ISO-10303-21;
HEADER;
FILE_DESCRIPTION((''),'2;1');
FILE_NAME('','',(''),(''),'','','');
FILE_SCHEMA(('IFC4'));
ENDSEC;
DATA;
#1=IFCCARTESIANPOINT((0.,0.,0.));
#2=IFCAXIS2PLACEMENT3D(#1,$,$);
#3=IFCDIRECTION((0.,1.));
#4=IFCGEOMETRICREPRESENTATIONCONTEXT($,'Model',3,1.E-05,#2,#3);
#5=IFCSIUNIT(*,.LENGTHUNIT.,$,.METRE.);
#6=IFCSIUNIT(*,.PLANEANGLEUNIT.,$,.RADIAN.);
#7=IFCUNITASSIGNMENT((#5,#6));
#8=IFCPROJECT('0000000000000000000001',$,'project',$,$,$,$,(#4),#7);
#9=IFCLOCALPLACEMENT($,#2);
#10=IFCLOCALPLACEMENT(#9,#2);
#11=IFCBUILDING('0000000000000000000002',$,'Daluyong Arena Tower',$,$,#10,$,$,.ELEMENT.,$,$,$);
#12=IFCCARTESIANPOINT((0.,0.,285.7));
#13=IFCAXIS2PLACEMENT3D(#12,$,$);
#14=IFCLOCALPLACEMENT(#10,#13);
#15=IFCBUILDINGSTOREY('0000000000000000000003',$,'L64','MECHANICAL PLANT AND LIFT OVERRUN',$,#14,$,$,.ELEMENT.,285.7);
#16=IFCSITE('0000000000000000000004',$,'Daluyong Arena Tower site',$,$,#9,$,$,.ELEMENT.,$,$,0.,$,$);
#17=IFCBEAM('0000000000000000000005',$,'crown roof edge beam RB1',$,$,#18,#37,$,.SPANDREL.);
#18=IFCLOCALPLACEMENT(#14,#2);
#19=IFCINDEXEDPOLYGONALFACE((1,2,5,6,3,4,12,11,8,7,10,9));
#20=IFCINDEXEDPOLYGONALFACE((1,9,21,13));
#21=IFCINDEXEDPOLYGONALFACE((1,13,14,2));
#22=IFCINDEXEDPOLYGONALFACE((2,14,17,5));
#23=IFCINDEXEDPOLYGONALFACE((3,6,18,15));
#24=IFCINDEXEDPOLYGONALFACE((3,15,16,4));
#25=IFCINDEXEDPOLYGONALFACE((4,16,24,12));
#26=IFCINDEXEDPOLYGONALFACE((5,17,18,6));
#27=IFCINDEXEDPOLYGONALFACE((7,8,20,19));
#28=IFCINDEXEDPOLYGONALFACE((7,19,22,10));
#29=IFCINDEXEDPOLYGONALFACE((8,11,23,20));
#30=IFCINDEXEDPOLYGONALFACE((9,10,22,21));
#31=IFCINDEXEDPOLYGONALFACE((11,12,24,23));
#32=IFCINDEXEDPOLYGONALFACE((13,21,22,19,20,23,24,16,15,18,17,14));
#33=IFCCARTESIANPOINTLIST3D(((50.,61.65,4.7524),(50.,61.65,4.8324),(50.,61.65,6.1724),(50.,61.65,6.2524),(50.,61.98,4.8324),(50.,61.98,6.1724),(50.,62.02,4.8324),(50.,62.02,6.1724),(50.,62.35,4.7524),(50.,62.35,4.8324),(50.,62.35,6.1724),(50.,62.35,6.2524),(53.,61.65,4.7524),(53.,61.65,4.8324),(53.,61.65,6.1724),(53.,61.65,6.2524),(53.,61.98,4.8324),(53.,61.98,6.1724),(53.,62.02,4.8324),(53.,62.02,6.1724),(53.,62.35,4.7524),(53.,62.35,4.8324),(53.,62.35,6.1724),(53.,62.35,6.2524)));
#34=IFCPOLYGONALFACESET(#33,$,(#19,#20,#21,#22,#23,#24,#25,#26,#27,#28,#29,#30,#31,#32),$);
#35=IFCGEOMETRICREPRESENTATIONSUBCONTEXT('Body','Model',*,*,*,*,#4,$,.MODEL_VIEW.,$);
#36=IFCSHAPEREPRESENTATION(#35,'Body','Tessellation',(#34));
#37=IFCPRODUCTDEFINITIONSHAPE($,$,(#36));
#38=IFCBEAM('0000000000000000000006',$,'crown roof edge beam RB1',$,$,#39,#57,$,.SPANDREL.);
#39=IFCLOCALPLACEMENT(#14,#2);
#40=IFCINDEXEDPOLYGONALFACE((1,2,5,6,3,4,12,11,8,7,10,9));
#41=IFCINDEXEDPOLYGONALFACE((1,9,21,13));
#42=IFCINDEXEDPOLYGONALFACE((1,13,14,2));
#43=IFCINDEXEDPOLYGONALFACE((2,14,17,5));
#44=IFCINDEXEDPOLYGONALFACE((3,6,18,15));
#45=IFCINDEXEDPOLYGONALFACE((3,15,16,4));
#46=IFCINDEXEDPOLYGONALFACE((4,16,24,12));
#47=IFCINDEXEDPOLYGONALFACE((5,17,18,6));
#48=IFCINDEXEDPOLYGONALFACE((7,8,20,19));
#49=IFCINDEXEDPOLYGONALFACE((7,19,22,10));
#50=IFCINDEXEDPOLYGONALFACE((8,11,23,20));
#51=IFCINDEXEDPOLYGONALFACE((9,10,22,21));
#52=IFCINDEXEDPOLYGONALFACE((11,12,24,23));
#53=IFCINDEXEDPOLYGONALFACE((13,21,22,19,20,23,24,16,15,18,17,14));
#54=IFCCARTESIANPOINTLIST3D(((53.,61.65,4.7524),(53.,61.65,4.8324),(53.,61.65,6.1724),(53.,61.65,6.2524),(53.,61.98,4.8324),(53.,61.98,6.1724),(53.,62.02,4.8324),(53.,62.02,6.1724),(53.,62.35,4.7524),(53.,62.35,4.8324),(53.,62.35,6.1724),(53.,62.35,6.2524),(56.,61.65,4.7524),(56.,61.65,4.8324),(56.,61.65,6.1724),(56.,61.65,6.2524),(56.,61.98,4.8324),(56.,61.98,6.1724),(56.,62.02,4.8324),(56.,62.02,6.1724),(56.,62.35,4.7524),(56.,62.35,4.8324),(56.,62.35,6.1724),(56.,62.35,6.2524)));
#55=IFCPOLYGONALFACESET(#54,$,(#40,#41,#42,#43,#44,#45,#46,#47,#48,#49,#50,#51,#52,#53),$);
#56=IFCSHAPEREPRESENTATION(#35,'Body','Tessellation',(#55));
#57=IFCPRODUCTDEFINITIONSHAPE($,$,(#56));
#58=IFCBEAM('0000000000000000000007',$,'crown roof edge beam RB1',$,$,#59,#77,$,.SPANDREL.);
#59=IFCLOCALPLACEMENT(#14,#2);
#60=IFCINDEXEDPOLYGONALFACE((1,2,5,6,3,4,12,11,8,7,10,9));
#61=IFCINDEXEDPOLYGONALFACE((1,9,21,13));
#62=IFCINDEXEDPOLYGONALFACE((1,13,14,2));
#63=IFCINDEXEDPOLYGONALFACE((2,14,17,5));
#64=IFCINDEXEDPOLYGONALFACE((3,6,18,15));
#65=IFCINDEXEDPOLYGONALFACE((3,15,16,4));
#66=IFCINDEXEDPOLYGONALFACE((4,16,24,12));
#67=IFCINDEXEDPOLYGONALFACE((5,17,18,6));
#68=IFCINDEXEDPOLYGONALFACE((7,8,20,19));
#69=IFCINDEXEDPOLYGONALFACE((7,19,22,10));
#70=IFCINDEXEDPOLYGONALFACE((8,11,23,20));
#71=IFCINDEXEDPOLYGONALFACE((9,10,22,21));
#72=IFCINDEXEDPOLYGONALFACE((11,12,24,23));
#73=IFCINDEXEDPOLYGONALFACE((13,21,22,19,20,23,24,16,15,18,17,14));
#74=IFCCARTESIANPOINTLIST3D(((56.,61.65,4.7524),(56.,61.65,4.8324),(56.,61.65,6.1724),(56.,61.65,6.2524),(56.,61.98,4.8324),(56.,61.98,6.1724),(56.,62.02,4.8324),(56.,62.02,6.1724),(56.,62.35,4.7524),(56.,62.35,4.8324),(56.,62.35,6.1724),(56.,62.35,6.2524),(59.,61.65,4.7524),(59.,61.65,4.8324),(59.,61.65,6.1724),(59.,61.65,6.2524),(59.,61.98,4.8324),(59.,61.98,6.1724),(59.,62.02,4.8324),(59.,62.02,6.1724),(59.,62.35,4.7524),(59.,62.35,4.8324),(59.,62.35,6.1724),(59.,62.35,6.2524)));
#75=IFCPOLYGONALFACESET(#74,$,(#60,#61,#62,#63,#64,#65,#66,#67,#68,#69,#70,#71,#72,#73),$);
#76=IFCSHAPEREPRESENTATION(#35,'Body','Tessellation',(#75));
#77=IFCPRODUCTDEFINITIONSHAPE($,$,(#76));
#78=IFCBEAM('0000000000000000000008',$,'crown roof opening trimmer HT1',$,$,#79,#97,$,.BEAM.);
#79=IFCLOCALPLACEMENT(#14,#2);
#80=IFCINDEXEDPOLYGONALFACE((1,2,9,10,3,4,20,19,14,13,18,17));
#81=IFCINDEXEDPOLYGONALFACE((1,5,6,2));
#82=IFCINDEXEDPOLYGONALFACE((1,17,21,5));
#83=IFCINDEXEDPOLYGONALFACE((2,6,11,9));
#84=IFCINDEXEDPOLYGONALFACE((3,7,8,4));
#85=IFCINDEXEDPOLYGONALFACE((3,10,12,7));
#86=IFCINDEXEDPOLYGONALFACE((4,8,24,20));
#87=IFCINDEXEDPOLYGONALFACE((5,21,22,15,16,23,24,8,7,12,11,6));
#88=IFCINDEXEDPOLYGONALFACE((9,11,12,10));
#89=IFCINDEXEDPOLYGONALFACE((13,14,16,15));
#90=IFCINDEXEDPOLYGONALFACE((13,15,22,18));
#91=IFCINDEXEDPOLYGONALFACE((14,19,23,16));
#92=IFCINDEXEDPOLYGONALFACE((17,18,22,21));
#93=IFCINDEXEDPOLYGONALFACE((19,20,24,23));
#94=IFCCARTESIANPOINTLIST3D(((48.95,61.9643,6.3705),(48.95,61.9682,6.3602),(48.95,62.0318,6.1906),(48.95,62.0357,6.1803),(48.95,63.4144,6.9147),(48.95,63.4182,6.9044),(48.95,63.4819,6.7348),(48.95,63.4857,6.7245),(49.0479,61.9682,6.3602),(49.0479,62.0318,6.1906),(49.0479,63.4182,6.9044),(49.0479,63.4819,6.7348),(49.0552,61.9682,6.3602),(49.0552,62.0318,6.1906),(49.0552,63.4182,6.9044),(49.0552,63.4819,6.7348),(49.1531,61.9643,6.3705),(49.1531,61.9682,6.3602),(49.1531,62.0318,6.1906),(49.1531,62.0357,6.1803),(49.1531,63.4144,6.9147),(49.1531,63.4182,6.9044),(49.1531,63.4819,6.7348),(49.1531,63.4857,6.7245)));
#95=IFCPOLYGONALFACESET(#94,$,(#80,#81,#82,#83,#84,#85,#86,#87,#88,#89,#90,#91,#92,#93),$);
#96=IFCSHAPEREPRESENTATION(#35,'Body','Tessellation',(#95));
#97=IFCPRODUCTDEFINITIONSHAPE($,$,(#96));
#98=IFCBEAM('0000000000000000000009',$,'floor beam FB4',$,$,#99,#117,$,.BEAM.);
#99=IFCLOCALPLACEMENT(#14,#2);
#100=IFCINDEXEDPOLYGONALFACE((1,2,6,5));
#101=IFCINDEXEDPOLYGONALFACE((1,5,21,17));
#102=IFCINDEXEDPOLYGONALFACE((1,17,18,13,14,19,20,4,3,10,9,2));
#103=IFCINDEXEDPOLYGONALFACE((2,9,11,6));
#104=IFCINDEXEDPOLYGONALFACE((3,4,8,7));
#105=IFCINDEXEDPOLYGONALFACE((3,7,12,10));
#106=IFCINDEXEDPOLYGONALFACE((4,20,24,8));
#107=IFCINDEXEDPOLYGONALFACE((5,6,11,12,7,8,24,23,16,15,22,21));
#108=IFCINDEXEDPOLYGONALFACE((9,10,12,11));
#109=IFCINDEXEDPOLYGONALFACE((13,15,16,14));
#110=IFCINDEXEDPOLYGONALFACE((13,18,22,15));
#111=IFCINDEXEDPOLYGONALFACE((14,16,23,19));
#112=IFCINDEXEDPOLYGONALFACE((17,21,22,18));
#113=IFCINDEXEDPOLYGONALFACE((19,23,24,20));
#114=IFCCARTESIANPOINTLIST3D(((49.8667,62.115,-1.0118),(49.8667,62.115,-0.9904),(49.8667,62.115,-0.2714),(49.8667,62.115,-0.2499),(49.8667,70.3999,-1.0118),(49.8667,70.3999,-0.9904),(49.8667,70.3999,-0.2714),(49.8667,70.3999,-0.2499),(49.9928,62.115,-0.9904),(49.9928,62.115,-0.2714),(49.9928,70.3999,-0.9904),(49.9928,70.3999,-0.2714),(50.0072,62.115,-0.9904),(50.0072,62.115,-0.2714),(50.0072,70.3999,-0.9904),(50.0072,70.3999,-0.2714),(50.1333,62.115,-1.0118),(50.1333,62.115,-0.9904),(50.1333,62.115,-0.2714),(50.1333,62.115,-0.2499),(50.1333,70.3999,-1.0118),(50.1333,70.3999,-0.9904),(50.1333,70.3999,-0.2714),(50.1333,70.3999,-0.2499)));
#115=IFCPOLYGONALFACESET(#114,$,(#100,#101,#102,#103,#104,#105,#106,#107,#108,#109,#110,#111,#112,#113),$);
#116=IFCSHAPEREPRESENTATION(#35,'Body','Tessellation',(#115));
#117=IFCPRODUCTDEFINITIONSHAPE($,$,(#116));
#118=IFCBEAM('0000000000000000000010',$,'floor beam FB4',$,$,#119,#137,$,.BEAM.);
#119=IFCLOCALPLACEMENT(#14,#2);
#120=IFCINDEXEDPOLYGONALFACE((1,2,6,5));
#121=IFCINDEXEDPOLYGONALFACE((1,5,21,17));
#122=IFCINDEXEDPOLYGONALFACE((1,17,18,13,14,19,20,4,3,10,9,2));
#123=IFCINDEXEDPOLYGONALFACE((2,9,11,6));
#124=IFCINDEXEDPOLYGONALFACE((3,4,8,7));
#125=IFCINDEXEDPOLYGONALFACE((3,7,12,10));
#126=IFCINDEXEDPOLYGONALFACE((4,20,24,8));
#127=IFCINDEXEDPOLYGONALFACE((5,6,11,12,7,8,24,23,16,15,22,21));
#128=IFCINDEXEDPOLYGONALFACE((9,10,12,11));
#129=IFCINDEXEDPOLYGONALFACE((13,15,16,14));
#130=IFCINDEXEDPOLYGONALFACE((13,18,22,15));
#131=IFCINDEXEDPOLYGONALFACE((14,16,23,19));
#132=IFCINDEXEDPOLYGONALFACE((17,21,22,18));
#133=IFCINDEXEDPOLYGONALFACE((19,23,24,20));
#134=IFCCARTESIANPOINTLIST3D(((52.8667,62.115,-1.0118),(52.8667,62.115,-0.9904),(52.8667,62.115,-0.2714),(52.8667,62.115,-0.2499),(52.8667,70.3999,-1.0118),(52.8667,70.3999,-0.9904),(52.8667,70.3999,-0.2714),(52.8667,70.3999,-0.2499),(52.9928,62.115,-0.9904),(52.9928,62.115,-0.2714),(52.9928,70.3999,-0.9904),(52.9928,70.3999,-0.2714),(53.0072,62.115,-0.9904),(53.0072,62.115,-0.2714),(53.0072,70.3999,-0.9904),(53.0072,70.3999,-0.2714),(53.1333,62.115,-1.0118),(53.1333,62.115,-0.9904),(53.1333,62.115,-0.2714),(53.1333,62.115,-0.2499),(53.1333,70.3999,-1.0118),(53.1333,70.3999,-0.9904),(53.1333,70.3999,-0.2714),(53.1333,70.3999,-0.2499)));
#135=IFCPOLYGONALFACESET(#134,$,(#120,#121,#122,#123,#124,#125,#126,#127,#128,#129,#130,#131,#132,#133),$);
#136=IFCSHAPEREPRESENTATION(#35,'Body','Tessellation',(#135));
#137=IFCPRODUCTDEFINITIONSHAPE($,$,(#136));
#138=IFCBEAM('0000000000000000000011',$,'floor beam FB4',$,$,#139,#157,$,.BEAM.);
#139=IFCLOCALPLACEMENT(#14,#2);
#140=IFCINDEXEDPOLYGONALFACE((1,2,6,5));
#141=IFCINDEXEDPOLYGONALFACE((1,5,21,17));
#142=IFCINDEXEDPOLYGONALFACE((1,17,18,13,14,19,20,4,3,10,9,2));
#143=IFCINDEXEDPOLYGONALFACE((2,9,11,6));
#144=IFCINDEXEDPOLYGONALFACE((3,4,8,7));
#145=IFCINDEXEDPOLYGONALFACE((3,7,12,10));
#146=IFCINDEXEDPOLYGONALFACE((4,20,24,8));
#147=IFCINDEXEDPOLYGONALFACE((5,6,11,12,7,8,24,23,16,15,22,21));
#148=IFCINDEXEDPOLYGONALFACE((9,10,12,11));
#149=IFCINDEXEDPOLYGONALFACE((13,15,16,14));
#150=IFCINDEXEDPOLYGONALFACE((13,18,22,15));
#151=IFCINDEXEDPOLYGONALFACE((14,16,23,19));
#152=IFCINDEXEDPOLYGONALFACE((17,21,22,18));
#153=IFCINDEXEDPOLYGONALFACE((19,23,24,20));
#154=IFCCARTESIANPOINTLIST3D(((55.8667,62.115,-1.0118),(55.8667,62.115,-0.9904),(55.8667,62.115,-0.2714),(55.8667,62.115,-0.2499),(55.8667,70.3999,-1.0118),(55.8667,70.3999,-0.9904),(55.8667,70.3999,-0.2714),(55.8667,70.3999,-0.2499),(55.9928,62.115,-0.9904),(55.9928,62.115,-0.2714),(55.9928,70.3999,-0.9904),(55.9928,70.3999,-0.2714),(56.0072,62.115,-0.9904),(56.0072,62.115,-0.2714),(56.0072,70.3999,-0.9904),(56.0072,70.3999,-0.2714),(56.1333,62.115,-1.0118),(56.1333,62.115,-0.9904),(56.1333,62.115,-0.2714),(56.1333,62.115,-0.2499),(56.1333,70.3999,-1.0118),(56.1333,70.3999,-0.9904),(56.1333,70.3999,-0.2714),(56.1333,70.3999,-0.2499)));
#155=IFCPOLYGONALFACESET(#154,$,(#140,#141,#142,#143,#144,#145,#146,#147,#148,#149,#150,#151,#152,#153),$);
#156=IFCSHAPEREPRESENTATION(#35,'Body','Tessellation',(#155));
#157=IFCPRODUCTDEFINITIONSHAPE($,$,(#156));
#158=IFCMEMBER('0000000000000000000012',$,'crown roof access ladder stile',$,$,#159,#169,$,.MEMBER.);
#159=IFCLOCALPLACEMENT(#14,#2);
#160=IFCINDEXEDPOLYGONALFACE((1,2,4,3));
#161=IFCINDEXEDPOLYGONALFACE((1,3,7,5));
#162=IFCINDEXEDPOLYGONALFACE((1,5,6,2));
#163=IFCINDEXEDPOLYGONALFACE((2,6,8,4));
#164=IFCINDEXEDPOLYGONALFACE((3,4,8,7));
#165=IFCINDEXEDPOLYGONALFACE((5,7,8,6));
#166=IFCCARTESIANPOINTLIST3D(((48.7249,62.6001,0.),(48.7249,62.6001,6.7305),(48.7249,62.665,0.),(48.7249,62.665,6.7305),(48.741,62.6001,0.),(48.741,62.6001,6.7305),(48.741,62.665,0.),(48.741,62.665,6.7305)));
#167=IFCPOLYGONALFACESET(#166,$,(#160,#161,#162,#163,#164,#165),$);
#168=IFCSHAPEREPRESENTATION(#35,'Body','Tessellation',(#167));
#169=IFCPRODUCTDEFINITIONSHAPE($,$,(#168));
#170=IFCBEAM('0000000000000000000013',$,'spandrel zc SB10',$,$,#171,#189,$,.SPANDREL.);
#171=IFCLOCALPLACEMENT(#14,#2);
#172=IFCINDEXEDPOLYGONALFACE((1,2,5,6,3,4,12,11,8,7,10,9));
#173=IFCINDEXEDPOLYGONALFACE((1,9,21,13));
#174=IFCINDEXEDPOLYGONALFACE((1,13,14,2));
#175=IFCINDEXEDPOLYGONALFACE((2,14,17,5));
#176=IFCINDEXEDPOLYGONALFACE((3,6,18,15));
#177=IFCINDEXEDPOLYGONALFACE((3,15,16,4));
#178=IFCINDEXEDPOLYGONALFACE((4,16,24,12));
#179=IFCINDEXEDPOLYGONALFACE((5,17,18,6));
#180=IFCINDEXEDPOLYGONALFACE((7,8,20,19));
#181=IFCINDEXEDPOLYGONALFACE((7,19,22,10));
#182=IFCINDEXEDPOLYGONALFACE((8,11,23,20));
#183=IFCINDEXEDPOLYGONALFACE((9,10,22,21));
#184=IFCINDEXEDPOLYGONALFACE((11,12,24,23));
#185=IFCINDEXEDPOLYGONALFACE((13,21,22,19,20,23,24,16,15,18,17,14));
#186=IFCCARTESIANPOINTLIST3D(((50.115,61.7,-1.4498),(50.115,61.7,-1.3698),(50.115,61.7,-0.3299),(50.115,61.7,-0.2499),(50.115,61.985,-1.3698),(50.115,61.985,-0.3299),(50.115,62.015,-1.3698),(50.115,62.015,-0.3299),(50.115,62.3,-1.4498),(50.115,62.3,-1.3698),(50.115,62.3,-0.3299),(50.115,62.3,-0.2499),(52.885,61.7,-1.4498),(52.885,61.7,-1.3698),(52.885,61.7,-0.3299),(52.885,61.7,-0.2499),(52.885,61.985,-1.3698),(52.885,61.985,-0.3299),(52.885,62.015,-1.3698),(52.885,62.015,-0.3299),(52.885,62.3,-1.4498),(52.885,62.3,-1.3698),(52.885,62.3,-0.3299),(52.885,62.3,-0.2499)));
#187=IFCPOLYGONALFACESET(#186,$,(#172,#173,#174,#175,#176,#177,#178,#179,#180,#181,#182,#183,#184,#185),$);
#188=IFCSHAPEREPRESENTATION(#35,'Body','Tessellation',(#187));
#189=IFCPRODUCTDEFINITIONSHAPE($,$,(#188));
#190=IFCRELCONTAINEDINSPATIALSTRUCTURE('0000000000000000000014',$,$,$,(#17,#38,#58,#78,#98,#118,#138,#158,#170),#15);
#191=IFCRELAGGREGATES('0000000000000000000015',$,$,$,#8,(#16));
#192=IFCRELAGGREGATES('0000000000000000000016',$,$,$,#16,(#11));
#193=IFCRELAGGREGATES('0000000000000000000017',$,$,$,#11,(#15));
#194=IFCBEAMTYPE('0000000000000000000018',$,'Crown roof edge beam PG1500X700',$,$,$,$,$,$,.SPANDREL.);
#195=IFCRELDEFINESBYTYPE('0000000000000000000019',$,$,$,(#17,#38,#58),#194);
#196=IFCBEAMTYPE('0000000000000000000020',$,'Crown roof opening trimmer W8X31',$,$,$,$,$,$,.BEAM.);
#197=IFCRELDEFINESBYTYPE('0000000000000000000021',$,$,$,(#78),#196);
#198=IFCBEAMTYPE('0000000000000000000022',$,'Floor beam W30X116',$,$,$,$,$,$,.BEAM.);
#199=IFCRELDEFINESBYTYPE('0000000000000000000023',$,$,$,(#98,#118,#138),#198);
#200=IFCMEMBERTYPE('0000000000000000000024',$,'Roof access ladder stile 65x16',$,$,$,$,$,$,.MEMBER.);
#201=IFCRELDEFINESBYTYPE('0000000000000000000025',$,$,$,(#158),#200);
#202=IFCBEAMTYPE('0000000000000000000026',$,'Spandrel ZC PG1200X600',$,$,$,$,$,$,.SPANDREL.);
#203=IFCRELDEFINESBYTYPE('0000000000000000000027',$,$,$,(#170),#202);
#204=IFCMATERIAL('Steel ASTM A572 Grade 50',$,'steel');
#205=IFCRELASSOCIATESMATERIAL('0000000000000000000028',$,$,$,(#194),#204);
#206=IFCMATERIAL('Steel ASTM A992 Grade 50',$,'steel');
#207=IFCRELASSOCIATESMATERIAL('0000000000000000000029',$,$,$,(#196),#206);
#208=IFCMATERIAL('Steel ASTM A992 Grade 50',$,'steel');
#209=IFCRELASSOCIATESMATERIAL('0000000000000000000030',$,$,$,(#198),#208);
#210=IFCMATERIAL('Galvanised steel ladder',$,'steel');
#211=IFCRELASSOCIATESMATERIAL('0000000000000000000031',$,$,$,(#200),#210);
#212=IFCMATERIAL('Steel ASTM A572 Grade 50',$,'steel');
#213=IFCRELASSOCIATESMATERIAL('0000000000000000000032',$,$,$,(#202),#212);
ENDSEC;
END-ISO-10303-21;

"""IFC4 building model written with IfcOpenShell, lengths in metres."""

from ifc_helpers import new_model, si_unit, direction, frame, origin, origin_2d, place, context, subcontext, project, spatial, rectangle, i_section, extrude, material, material_profile, profile_set, type_object, element, save


model = new_model("IFC4")

# Units and contexts
model_context = context("Model", 3, precision=1e-05, world=origin(), true_north=direction((0.0, 1.0)))
body_context = subcontext(model_context, "Body", "Model", "MODEL_VIEW")
ifc_project = project(units=[si_unit("LENGTHUNIT", "METRE"), si_unit("PLANEANGLEUNIT", "RADIAN")], contexts=[model_context])

# Site, building, storey
site_placement = place(None, origin())
site = spatial("IfcSite", under=ifc_project, at=site_placement, Name="Daluyong Arena Tower site", CompositionType="ELEMENT", RefElevation=0.0)
building_placement = place(site_placement, origin())
building = spatial("IfcBuilding", under=site, at=building_placement, Name="Daluyong Arena Tower", CompositionType="ELEMENT")
storey_placement = place(building_placement, frame((0.0, 0.0, 285.7)))
storey = spatial("IfcBuildingStorey", under=building, at=storey_placement, Name="L64", Description="MECHANICAL PLANT AND LIFT OVERRUN", CompositionType="ELEMENT", Elevation=285.7)

# Beams
ifc_material_1 = material(Name="Steel ASTM A572 Grade 50", Category="steel")
ifc_material_profile_1 = material_profile(ifc_material_1, i_section(OverallWidth=0.7, OverallDepth=1.5, WebThickness=0.04, FlangeThickness=0.08, at=origin_2d()))
ifc_profile_set_1 = profile_set([ifc_material_profile_1], Name="Steel ASTM A572 Grade 50")
beam_type_1 = type_object("IfcBeamType", Name="Crown roof edge beam PG1500X700", PredefinedType="SPANDREL", material=ifc_profile_set_1)
for number, where, z_axis, x_axis, name in (
    (1, (50.0, 62.0, 5.5024), (1.0, 0.0, 0.0), (0.0, 1.0, 0.0), "crown roof edge beam RB1"),
    (2, (53.0, 62.0, 5.5024), (1.0, 0.0, 0.0), (0.0, 1.0, 0.0), "crown roof edge beam RB1"),
    (3, (56.0, 62.0, 5.5024), (1.0, 0.0, 0.0), (0.0, 1.0, 0.0), "crown roof edge beam RB1"),
):
    element("IfcBeam", number, at=place(storey_placement, frame(where, z_axis=z_axis, x_axis=x_axis)), inside=storey, type_object=beam_type_1, Name=name, PredefinedType="SPANDREL", context=body_context, shape_type="SweptSolid", body=[
        extrude(i_section(OverallWidth=0.7, OverallDepth=1.5, WebThickness=0.04, FlangeThickness=0.08, at=origin_2d()), origin(), (0.0, 0.0, 1.0), 3.0),
    ])
ifc_material_2 = material(Name="Steel ASTM A992 Grade 50", Category="steel")
ifc_material_profile_2 = material_profile(ifc_material_2, i_section(OverallWidth=0.2031, OverallDepth=0.2031, WebThickness=0.0073, FlangeThickness=0.011, at=origin_2d()))
ifc_profile_set_2 = profile_set([ifc_material_profile_2], Name="Steel ASTM A992 Grade 50")
beam_type_2 = type_object("IfcBeamType", Name="Crown roof opening trimmer W8X31", PredefinedType="BEAM", material=ifc_profile_set_2)
beam_placement = place(storey_placement, frame((49.0515, 62.0, 6.2754), z_axis=(0.0, 0.936232, 0.351383), x_axis=(-1.0, 0.0, 0.0)))
element("IfcBeam", 4, at=beam_placement, inside=storey, type_object=beam_type_2, Name="crown roof opening trimmer HT1", PredefinedType="BEAM", context=body_context, shape_type="SweptSolid", body=[
    extrude(i_section(OverallWidth=0.2031, OverallDepth=0.2031, WebThickness=0.0073, FlangeThickness=0.011, at=origin_2d()), origin(), (0.0, 0.0, 1.0), 1.5488),
])
ifc_material_3 = material(Name="Steel ASTM A992 Grade 50", Category="steel")
ifc_material_profile_3 = material_profile(ifc_material_3, i_section(OverallWidth=0.2666, OverallDepth=0.762, WebThickness=0.0144, FlangeThickness=0.0215, at=origin_2d()))
ifc_profile_set_3 = profile_set([ifc_material_profile_3], Name="Steel ASTM A992 Grade 50")
beam_type_3 = type_object("IfcBeamType", Name="Floor beam W30X116", PredefinedType="BEAM", material=ifc_profile_set_3)
for number, where, z_axis, x_axis, name in (
    (5, (50.0, 62.115, -0.6309), (0.0, 1.0, 0.0), (-1.0, 0.0, 0.0), "floor beam FB4"),
    (6, (53.0, 62.115, -0.6309), (0.0, 1.0, 0.0), (-1.0, 0.0, 0.0), "floor beam FB4"),
    (7, (56.0, 62.115, -0.6309), (0.0, 1.0, 0.0), (-1.0, 0.0, 0.0), "floor beam FB4"),
):
    element("IfcBeam", number, at=place(storey_placement, frame(where, z_axis=z_axis, x_axis=x_axis)), inside=storey, type_object=beam_type_3, Name=name, PredefinedType="BEAM", context=body_context, shape_type="SweptSolid", body=[
        extrude(i_section(OverallWidth=0.2666, OverallDepth=0.762, WebThickness=0.0144, FlangeThickness=0.0215, at=origin_2d()), origin(), (0.0, 0.0, 1.0), 8.2849),
    ])

# Member
ifc_material_4 = material(Name="Galvanised steel ladder", Category="steel")
ifc_material_profile_4 = material_profile(ifc_material_4, rectangle(XDim=0.0161, YDim=0.0649, at=origin_2d()))
ifc_profile_set_4 = profile_set([ifc_material_profile_4], Name="Galvanised steel ladder")
member_type_1 = type_object("IfcMemberType", Name="Roof access ladder stile 65x16", PredefinedType="MEMBER", material=ifc_profile_set_4)
member_1_placement = place(storey_placement, frame((48.7329, 62.6326, 0.0), z_axis=(0.0, 0.0, 1.0), x_axis=(1.0, 0.0, 0.0)))
element("IfcMember", 8, at=member_1_placement, inside=storey, type_object=member_type_1, Name="crown roof access ladder stile", PredefinedType="MEMBER", context=body_context, shape_type="SweptSolid", body=[
    extrude(rectangle(XDim=0.0161, YDim=0.0649, at=origin_2d()), origin(), (0.0, 0.0, 1.0), 6.7305),
])

# Beam
ifc_material_5 = material(Name="Steel ASTM A572 Grade 50", Category="steel")
ifc_material_profile_5 = material_profile(ifc_material_5, i_section(OverallWidth=0.6001, OverallDepth=1.2, WebThickness=0.03, FlangeThickness=0.08, at=origin_2d()))
ifc_profile_set_5 = profile_set([ifc_material_profile_5], Name="Steel ASTM A572 Grade 50")
beam_type_4 = type_object("IfcBeamType", Name="Spandrel ZC PG1200X600", PredefinedType="SPANDREL", material=ifc_profile_set_5)
for number, where, z_axis, x_axis, name in (
    (9, (50.115, 62.0, -0.8499), (1.0, 0.0, 0.0), (0.0, 1.0, 0.0), "spandrel zc SB10"),
):
    element("IfcBeam", number, at=place(storey_placement, frame(where, z_axis=z_axis, x_axis=x_axis)), inside=storey, type_object=beam_type_4, Name=name, PredefinedType="SPANDREL", context=body_context, shape_type="SweptSolid", body=[
        extrude(i_section(OverallWidth=0.6001, OverallDepth=1.2, WebThickness=0.03, FlangeThickness=0.08, at=origin_2d()), origin(), (0.0, 0.0, 1.0), 2.77),
    ])

save(model, "model.ifc")
